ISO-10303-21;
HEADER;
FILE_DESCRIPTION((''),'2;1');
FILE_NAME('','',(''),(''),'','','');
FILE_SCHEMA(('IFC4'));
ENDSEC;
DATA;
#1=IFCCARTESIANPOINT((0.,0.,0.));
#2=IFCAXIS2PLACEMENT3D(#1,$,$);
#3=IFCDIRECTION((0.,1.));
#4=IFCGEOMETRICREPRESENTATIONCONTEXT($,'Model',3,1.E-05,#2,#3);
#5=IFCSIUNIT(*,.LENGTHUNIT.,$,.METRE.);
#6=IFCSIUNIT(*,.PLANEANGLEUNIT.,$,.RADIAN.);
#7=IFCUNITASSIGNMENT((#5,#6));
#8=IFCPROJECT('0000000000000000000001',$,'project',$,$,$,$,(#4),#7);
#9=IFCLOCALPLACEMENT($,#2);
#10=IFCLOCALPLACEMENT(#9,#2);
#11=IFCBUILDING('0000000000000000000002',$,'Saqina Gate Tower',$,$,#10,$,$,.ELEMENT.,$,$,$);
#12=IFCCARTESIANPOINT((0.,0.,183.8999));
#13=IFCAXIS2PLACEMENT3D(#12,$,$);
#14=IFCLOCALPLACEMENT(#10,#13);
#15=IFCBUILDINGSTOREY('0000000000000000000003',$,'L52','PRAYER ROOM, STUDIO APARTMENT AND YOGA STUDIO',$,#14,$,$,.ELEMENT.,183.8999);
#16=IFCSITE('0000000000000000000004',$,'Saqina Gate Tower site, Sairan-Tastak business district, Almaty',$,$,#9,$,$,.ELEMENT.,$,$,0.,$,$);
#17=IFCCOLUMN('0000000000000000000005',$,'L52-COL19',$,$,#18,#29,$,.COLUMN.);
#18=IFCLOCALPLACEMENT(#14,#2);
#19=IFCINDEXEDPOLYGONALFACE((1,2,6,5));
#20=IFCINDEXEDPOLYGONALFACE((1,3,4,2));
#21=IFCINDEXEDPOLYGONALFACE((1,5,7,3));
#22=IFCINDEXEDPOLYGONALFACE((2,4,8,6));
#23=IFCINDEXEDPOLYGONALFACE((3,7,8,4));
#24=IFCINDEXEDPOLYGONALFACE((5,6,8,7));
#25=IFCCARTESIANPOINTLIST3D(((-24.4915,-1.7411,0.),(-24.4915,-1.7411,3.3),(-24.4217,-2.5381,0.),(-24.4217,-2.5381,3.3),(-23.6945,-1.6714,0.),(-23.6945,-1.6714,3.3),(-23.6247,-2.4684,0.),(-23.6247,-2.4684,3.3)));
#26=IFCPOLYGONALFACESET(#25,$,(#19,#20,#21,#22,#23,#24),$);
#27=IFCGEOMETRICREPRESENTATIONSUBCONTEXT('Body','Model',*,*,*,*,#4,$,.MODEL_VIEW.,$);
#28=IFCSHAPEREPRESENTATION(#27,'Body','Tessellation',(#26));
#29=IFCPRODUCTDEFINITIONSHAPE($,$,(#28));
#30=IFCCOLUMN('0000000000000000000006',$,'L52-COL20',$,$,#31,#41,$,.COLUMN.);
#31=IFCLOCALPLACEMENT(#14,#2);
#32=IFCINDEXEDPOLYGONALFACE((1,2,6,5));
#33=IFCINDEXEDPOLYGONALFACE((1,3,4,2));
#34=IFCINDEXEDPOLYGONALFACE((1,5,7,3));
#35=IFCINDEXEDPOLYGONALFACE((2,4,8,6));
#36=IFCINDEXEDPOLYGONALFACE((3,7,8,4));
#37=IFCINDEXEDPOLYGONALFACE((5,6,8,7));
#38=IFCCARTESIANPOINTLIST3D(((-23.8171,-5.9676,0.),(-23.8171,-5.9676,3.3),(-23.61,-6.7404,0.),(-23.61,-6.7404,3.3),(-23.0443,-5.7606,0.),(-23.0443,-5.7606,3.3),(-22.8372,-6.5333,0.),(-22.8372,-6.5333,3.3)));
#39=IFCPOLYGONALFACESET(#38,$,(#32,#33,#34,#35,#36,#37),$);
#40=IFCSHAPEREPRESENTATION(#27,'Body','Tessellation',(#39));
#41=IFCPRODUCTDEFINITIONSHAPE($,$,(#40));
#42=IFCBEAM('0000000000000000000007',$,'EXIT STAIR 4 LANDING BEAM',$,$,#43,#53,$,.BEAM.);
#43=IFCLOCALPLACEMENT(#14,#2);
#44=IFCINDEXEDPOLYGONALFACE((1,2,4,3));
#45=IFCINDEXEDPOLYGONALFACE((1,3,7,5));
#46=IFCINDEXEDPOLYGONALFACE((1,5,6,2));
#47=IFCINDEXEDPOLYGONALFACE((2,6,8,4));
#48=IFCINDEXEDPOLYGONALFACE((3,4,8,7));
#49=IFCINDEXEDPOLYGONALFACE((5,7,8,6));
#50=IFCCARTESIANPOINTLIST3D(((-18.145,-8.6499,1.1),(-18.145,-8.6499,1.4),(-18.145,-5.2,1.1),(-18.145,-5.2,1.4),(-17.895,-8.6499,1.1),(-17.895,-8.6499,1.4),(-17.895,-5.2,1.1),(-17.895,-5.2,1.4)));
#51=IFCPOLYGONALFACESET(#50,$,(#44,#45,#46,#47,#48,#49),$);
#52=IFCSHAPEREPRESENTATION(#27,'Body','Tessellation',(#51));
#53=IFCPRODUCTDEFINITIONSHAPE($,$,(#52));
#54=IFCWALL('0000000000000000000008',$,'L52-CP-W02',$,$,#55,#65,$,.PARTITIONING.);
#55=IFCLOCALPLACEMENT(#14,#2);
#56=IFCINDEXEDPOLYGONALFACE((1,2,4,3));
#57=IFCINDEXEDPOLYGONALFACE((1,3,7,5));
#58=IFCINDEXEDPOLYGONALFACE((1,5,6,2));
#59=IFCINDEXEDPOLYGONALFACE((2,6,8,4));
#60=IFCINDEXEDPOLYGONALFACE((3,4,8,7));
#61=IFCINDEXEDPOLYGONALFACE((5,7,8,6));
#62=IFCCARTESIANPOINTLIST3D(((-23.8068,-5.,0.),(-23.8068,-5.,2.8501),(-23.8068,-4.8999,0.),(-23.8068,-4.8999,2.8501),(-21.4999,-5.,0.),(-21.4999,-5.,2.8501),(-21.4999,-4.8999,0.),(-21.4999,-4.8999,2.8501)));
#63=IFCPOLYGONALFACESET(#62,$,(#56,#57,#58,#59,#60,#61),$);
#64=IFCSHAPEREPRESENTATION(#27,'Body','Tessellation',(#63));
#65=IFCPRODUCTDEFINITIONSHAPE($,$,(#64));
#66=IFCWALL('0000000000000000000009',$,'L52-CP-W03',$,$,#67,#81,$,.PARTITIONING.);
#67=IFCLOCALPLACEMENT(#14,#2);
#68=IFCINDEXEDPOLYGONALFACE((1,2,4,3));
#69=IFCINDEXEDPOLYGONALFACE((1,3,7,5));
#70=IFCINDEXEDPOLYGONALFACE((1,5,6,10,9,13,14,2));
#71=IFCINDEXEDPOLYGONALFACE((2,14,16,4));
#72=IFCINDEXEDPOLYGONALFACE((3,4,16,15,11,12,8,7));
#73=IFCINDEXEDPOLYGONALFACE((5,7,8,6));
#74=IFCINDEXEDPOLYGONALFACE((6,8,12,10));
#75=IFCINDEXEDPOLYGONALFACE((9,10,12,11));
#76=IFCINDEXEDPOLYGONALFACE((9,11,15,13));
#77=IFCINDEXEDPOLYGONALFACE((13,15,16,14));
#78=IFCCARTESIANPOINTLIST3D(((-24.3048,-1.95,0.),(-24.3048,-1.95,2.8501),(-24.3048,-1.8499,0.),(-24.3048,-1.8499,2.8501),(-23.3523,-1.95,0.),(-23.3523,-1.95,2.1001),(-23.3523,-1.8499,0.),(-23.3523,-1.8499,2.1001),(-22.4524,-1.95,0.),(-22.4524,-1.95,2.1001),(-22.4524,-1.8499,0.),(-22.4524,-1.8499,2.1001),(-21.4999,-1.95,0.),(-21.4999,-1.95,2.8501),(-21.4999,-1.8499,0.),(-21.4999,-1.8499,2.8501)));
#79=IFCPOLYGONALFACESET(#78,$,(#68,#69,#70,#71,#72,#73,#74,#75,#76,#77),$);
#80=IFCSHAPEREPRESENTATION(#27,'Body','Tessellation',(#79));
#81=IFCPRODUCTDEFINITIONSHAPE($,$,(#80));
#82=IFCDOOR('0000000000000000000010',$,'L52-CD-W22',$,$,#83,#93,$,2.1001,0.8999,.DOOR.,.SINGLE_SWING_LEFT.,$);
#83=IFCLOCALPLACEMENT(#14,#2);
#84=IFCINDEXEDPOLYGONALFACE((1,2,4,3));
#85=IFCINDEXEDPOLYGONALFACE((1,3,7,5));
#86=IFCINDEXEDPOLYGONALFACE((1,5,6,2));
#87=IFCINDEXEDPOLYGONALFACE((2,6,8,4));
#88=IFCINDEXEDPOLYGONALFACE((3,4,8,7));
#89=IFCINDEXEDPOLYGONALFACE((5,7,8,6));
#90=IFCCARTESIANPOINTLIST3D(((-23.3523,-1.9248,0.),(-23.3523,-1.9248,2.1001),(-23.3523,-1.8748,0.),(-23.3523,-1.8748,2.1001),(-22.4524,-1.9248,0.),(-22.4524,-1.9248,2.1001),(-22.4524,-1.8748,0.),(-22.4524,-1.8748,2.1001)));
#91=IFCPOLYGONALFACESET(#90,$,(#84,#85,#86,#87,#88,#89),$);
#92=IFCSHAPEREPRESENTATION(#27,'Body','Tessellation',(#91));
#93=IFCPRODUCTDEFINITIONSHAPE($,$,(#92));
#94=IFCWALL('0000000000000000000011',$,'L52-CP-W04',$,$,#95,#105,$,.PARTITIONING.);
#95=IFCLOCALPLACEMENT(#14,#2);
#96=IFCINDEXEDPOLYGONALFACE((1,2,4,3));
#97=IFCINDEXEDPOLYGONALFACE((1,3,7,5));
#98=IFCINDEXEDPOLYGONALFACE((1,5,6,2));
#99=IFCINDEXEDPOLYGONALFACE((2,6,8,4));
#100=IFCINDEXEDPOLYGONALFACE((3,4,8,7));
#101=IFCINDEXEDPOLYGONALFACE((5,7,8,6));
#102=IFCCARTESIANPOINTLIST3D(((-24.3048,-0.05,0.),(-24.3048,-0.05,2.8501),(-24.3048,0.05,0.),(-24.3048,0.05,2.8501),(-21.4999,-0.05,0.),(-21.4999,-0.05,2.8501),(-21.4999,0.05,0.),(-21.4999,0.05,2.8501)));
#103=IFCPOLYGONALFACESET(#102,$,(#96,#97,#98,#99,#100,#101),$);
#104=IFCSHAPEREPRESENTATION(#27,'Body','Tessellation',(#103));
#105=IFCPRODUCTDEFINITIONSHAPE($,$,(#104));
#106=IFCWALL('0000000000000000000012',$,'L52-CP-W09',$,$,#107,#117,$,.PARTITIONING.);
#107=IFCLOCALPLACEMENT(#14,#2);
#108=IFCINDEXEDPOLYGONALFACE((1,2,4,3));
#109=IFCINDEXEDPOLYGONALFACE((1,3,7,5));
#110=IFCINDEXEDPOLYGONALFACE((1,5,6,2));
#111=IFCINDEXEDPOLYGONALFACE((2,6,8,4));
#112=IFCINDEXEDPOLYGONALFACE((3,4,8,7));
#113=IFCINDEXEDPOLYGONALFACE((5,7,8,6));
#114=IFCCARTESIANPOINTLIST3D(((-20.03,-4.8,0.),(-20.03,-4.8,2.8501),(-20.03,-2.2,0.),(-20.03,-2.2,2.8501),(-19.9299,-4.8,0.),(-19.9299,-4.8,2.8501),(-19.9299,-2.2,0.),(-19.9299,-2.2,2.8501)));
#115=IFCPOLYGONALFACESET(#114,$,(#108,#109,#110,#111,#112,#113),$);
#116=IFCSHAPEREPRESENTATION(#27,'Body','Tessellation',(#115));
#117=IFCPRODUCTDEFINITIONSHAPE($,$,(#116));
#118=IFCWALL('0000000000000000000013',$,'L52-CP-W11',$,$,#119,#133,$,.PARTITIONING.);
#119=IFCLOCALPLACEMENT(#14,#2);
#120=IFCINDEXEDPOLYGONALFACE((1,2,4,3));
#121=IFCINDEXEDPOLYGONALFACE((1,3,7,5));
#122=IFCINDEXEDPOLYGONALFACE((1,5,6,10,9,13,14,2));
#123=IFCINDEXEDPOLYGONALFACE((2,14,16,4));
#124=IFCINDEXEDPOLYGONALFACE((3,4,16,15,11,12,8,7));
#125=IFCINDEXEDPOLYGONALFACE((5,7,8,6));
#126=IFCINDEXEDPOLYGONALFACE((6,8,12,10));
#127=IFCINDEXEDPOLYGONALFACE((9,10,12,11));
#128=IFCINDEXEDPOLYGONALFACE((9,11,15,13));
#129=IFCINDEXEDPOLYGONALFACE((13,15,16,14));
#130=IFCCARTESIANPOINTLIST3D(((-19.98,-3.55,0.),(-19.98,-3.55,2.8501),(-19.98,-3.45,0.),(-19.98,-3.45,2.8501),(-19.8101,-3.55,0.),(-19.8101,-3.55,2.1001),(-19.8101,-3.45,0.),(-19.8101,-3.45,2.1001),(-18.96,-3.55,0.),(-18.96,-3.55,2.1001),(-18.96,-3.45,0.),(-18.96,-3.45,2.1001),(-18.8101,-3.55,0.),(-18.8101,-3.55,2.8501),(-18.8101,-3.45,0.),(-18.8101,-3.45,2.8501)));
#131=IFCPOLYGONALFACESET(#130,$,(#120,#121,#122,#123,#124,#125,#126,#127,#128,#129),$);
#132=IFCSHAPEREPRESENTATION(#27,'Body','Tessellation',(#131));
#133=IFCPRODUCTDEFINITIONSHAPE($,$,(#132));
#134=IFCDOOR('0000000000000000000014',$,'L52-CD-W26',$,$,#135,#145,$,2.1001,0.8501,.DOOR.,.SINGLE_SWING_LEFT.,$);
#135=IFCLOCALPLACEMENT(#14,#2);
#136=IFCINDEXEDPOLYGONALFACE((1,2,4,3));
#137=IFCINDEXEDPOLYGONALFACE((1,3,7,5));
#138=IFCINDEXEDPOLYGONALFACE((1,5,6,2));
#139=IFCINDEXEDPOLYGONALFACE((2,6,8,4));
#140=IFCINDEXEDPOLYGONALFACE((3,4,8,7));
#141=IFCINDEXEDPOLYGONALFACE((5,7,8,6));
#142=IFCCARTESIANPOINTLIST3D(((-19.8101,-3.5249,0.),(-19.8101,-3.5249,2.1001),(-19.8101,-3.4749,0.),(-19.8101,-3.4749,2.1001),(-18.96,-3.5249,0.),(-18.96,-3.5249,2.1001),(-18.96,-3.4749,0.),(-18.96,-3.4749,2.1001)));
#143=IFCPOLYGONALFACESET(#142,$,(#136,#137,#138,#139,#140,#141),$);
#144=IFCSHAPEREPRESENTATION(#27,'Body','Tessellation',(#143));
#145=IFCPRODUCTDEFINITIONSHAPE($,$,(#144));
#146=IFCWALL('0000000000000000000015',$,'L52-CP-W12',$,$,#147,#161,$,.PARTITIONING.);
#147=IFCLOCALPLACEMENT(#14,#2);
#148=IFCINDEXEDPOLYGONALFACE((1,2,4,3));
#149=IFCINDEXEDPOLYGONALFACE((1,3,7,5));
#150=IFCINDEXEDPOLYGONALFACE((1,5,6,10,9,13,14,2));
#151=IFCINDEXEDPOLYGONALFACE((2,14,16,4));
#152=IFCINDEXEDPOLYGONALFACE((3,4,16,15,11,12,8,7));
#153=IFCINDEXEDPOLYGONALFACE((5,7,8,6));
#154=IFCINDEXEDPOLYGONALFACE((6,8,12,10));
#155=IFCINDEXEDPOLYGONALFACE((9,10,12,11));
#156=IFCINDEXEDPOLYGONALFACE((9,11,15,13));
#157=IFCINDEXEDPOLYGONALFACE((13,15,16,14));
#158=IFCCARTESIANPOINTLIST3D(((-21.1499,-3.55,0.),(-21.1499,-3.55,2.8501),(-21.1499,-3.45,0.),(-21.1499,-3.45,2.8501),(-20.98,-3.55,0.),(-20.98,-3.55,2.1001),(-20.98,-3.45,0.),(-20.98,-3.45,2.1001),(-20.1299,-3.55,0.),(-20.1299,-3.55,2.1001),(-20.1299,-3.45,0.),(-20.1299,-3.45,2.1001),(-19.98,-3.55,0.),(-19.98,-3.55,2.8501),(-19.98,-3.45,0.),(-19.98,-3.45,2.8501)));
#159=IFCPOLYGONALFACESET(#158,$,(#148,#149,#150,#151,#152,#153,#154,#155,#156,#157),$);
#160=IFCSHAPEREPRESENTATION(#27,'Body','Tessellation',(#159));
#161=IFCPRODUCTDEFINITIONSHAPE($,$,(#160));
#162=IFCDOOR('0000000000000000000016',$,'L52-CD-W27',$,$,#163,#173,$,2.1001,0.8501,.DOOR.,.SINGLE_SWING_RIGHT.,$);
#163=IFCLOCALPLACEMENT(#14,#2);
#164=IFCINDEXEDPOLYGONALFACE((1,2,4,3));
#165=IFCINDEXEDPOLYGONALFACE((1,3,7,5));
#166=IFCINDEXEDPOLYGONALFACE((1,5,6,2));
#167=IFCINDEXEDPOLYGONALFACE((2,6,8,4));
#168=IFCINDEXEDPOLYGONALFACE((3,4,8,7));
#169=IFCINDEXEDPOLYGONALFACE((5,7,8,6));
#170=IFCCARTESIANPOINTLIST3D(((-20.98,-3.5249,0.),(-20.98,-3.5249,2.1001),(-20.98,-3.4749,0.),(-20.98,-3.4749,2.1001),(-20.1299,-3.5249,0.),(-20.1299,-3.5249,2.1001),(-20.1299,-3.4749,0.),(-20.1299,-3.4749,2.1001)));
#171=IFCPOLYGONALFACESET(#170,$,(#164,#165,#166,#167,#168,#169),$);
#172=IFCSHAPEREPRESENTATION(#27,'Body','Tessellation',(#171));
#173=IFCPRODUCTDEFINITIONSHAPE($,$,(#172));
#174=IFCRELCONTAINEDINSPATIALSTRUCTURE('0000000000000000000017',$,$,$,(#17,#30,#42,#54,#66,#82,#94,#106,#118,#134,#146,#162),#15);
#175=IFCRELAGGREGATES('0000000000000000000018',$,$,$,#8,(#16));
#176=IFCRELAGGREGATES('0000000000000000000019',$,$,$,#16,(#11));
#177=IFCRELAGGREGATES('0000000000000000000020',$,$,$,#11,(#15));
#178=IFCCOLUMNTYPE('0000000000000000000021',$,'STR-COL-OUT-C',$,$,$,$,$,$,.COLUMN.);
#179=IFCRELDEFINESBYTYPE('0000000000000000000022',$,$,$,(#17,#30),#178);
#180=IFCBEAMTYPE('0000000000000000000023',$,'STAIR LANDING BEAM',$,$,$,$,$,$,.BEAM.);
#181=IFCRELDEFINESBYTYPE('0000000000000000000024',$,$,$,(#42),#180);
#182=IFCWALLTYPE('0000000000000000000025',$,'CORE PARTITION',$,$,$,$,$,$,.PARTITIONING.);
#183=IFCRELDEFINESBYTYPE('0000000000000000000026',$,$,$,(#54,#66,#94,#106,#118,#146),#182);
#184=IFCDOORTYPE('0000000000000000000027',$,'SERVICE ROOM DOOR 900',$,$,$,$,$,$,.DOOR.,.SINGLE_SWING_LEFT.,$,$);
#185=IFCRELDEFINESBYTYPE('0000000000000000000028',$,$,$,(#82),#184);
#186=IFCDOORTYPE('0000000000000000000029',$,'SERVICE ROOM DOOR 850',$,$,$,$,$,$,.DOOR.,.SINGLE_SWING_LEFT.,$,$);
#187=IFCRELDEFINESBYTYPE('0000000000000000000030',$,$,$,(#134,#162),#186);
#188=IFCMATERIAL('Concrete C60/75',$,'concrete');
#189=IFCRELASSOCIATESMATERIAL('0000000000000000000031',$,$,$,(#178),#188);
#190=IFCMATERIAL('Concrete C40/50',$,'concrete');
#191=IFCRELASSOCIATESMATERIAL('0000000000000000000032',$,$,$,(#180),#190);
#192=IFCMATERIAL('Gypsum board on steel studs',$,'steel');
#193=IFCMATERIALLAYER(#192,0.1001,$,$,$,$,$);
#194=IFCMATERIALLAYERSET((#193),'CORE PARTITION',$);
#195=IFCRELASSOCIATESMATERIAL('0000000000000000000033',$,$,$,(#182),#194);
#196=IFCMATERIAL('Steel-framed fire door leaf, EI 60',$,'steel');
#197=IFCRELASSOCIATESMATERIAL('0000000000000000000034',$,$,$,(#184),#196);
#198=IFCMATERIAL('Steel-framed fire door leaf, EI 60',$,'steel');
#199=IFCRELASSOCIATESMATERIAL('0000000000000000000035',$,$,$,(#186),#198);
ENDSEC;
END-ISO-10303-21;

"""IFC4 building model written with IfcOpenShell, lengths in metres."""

from ifc_helpers import new_model, si_unit, direction, frame, frame_2d, origin, origin_2d, place, context, subcontext, project, spatial, rectangle, extrude, material, layer, layer_set, material_profile, profile_set, type_object, element, fill, save


model = new_model("IFC4")

# Units and contexts
model_context = context("Model", 3, precision=1e-05, world=origin(), true_north=direction((0.0, 1.0)))
body_context = subcontext(model_context, "Body", "Model", "MODEL_VIEW")
ifc_project = project(units=[si_unit("LENGTHUNIT", "METRE"), si_unit("PLANEANGLEUNIT", "RADIAN")], contexts=[model_context])

# Site, building, storey
site_placement = place(None, origin())
site = spatial("IfcSite", under=ifc_project, at=site_placement, Name="Saqina Gate Tower site, Sairan-Tastak business district, Almaty", CompositionType="ELEMENT", RefElevation=0.0)
building_placement = place(site_placement, origin())
building = spatial("IfcBuilding", under=site, at=building_placement, Name="Saqina Gate Tower", CompositionType="ELEMENT")
storey_placement = place(building_placement, frame((0.0, 0.0, 183.8999)))
storey = spatial("IfcBuildingStorey", under=building, at=storey_placement, Name="L52", Description="PRAYER ROOM, STUDIO APARTMENT AND YOGA STUDIO", CompositionType="ELEMENT", Elevation=183.8999)

# Columns
ifc_material_1 = material(Name="Concrete C60/75", Category="concrete")
ifc_material_profile_1 = material_profile(ifc_material_1, rectangle(XDim=0.8, YDim=0.8, at=origin_2d()), Name="RC 800x800")
ifc_profile_set_1 = profile_set([ifc_material_profile_1], Name="Concrete C60/75")
column_type = type_object("IfcColumnType", Name="STR-COL-OUT-C", PredefinedType="COLUMN", material=ifc_profile_set_1)
for number, where, z_axis, x_axis, name in (
    (1, (-24.0581, -2.1047, 0.0), (0.0, 0.0, 1.0), (-0.996195, -0.087156, 0.0), "L52-COL19"),
    (2, (-23.3271, -6.2505, 0.0), (0.0, 0.0, 1.0), (-0.965926, -0.258819, 0.0), "L52-COL20"),
):
    element("IfcColumn", number, at=place(storey_placement, frame(where, z_axis=z_axis, x_axis=x_axis)), inside=storey, type_object=column_type, Name=name, PredefinedType="COLUMN", context=body_context, shape_type="SweptSolid", body=[
        extrude(rectangle(XDim=0.8, YDim=0.8, at=origin_2d()), origin(), (0.0, 0.0, 1.0), 3.3),
    ])

# Beam
ifc_material_2 = material(Name="Concrete C40/50", Category="concrete")
ifc_material_profile_2 = material_profile(ifc_material_2, rectangle(XDim=0.25, YDim=0.3, at=origin_2d()), Name="STAIR LANDING BEAM")
ifc_profile_set_2 = profile_set([ifc_material_profile_2], Name="Concrete C40/50")
beam_type = type_object("IfcBeamType", Name="STAIR LANDING BEAM", PredefinedType="BEAM", material=ifc_profile_set_2)
beam_placement = place(storey_placement, frame((-18.02, -8.6499, 1.25), z_axis=(0.0, 1.0, 0.0), x_axis=(-1.0, 0.0, 0.0)))
element("IfcBeam", 3, at=beam_placement, inside=storey, type_object=beam_type, Name="EXIT STAIR 4 LANDING BEAM", PredefinedType="BEAM", context=body_context, shape_type="SweptSolid", body=[
    extrude(rectangle(XDim=0.25, YDim=0.3, at=origin_2d()), origin(), (0.0, 0.0, 1.0), 3.45),
])

# Wall
ifc_material_3 = material(Name="Gypsum board on steel studs", Category="steel")
ifc_layer_1 = layer(ifc_material_3, 0.1001)
ifc_layer_set_1 = layer_set([ifc_layer_1], Name="CORE PARTITION")
wall_type_1 = type_object("IfcWallType", Name="CORE PARTITION", PredefinedType="PARTITIONING", material=ifc_layer_set_1)
wall_1_placement = place(storey_placement, frame((-21.5, -4.95, 0.0), z_axis=(0.0, 0.0, 1.0), x_axis=(-1.0, 0.0, 0.0)))
element("IfcWall", 4, at=wall_1_placement, inside=storey, type_object=wall_type_1, Name="L52-CP-W02", PredefinedType="PARTITIONING", context=body_context, shape_type="SweptSolid", body=[
    extrude(rectangle(XDim=2.3069, YDim=0.1001, at=frame_2d((1.1533, 0.0))), origin(), (0.0, 0.0, 1.0), 2.8501),
])

# Wall, opening, door
wall_2_placement = place(storey_placement, frame((-21.5, -1.8999, 0.0), z_axis=(0.0, 0.0, 1.0), x_axis=(-1.0, 0.0, 0.0)))
wall_2 = element("IfcWall", 5, at=wall_2_placement, inside=storey, type_object=wall_type_1, Name="L52-CP-W03", PredefinedType="PARTITIONING", context=body_context, shape_type="SweptSolid", body=[
    extrude(rectangle(XDim=2.8049, YDim=0.1001, at=frame_2d((1.4023, 0.0))), origin(), (0.0, 0.0, 1.0), 2.8501),
])
opening_1_placement = place(wall_2_placement, frame((0.9524, 0.0, 0.0)))
opening_1 = element("IfcOpeningElement", 6, at=opening_1_placement, cuts=wall_2, PredefinedType="OPENING", context=body_context, shape_type="SweptSolid", body=[
    extrude(rectangle(XDim=0.8999, YDim=2.1001, at=frame_2d((0.45, 1.05))), frame((0.0, 0.062, 0.0), z_axis=(0.0, -1.0, 0.0), x_axis=(1.0, 0.0, 0.0)), (0.0, 0.0, 1.0), 0.124),
])
ifc_material_4 = material(Name="Steel-framed fire door leaf, EI 60", Category="steel")
door_type_1 = type_object("IfcDoorType", Name="SERVICE ROOM DOOR 900", OperationType="SINGLE_SWING_LEFT", PredefinedType="DOOR", material=ifc_material_4)
door_1_placement = place(opening_1_placement, origin())
door_1 = element("IfcDoor", 7, at=door_1_placement, inside=storey, type_object=door_type_1, Name="L52-CD-W22", OperationType="SINGLE_SWING_LEFT", OverallHeight=2.1001, OverallWidth=0.8999, PredefinedType="DOOR", context=body_context, shape_type="SweptSolid", body=[
    extrude(rectangle(XDim=0.8999, YDim=2.1001, at=frame_2d((0.45, 1.05))), frame((0.0, 0.0249, 0.0), z_axis=(0.0, -1.0, 0.0), x_axis=(1.0, 0.0, 0.0)), (0.0, 0.0, 1.0), 0.05),
])
fill(opening_1, door_1)

# Walls
wall_3_placement = place(storey_placement, frame((-21.5, 0.0, 0.0), z_axis=(0.0, 0.0, 1.0), x_axis=(-1.0, 0.0, 0.0)))
element("IfcWall", 8, at=wall_3_placement, inside=storey, type_object=wall_type_1, Name="L52-CP-W04", PredefinedType="PARTITIONING", context=body_context, shape_type="SweptSolid", body=[
    extrude(rectangle(XDim=2.8049, YDim=0.1001, at=frame_2d((1.4023, 0.0))), origin(), (0.0, 0.0, 1.0), 2.8501),
])
wall_4_placement = place(storey_placement, frame((-19.98, -4.8, 0.0), z_axis=(0.0, 0.0, 1.0), x_axis=(0.0, 1.0, 0.0)))
element("IfcWall", 9, at=wall_4_placement, inside=storey, type_object=wall_type_1, Name="L52-CP-W09", PredefinedType="PARTITIONING", context=body_context, shape_type="SweptSolid", body=[
    extrude(rectangle(XDim=2.6001, YDim=0.1001, at=frame_2d((1.3, 0.0))), origin(), (0.0, 0.0, 1.0), 2.8501),
])

# Walls, openings, doors
wall_5_placement = place(storey_placement, frame((-18.8101, -3.5, 0.0), z_axis=(0.0, 0.0, 1.0), x_axis=(-1.0, 0.0, 0.0)))
wall_5 = element("IfcWall", 10, at=wall_5_placement, inside=storey, type_object=wall_type_1, Name="L52-CP-W11", PredefinedType="PARTITIONING", context=body_context, shape_type="SweptSolid", body=[
    extrude(rectangle(XDim=1.1699, YDim=0.1001, at=frame_2d((0.585, 0.0))), origin(), (0.0, 0.0, 1.0), 2.8501),
])
opening_2_placement = place(wall_5_placement, frame((0.1499, 0.0, 0.0)))
opening_2 = element("IfcOpeningElement", 11, at=opening_2_placement, cuts=wall_5, PredefinedType="OPENING", context=body_context, shape_type="SweptSolid", body=[
    extrude(rectangle(XDim=0.8501, YDim=2.1001, at=frame_2d((0.425, 1.05))), frame((0.0, 0.062, 0.0), z_axis=(0.0, -1.0, 0.0), x_axis=(1.0, 0.0, 0.0)), (0.0, 0.0, 1.0), 0.124),
])
ifc_material_5 = material(Name="Steel-framed fire door leaf, EI 60", Category="steel")
door_type_2 = type_object("IfcDoorType", Name="SERVICE ROOM DOOR 850", OperationType="SINGLE_SWING_LEFT", PredefinedType="DOOR", material=ifc_material_5)
door_2_placement = place(opening_2_placement, origin())
door_2 = element("IfcDoor", 12, at=door_2_placement, inside=storey, type_object=door_type_2, Name="L52-CD-W26", OperationType="SINGLE_SWING_LEFT", OverallHeight=2.1001, OverallWidth=0.8501, PredefinedType="DOOR", context=body_context, shape_type="SweptSolid", body=[
    extrude(rectangle(XDim=0.8501, YDim=2.1001, at=frame_2d((0.425, 1.05))), frame((0.0, 0.0249, 0.0), z_axis=(0.0, -1.0, 0.0), x_axis=(1.0, 0.0, 0.0)), (0.0, 0.0, 1.0), 0.05),
])
fill(opening_2, door_2)
wall_6_placement = place(storey_placement, frame((-19.98, -3.5, 0.0), z_axis=(0.0, 0.0, 1.0), x_axis=(-1.0, 0.0, 0.0)))
wall_6 = element("IfcWall", 13, at=wall_6_placement, inside=storey, type_object=wall_type_1, Name="L52-CP-W12", PredefinedType="PARTITIONING", context=body_context, shape_type="SweptSolid", body=[
    extrude(rectangle(XDim=1.1699, YDim=0.1001, at=frame_2d((0.585, 0.0))), origin(), (0.0, 0.0, 1.0), 2.8501),
])
opening_3_placement = place(wall_6_placement, frame((0.1499, 0.0, 0.0)))
opening_3 = element("IfcOpeningElement", 14, at=opening_3_placement, cuts=wall_6, PredefinedType="OPENING", context=body_context, shape_type="SweptSolid", body=[
    extrude(rectangle(XDim=0.8501, YDim=2.1001, at=frame_2d((0.425, 1.05))), frame((0.0, 0.062, 0.0), z_axis=(0.0, -1.0, 0.0), x_axis=(1.0, 0.0, 0.0)), (0.0, 0.0, 1.0), 0.124),
])
door_3_placement = place(opening_3_placement, origin())
door_3 = element("IfcDoor", 15, at=door_3_placement, inside=storey, type_object=door_type_2, Name="L52-CD-W27", OperationType="SINGLE_SWING_RIGHT", OverallHeight=2.1001, OverallWidth=0.8501, PredefinedType="DOOR", context=body_context, shape_type="SweptSolid", body=[
    extrude(rectangle(XDim=0.8501, YDim=2.1001, at=frame_2d((0.425, 1.05))), frame((0.0, 0.0249, 0.0), z_axis=(0.0, -1.0, 0.0), x_axis=(1.0, 0.0, 0.0)), (0.0, 0.0, 1.0), 0.05),
])
fill(opening_3, door_3)

save(model, "model.ifc")
